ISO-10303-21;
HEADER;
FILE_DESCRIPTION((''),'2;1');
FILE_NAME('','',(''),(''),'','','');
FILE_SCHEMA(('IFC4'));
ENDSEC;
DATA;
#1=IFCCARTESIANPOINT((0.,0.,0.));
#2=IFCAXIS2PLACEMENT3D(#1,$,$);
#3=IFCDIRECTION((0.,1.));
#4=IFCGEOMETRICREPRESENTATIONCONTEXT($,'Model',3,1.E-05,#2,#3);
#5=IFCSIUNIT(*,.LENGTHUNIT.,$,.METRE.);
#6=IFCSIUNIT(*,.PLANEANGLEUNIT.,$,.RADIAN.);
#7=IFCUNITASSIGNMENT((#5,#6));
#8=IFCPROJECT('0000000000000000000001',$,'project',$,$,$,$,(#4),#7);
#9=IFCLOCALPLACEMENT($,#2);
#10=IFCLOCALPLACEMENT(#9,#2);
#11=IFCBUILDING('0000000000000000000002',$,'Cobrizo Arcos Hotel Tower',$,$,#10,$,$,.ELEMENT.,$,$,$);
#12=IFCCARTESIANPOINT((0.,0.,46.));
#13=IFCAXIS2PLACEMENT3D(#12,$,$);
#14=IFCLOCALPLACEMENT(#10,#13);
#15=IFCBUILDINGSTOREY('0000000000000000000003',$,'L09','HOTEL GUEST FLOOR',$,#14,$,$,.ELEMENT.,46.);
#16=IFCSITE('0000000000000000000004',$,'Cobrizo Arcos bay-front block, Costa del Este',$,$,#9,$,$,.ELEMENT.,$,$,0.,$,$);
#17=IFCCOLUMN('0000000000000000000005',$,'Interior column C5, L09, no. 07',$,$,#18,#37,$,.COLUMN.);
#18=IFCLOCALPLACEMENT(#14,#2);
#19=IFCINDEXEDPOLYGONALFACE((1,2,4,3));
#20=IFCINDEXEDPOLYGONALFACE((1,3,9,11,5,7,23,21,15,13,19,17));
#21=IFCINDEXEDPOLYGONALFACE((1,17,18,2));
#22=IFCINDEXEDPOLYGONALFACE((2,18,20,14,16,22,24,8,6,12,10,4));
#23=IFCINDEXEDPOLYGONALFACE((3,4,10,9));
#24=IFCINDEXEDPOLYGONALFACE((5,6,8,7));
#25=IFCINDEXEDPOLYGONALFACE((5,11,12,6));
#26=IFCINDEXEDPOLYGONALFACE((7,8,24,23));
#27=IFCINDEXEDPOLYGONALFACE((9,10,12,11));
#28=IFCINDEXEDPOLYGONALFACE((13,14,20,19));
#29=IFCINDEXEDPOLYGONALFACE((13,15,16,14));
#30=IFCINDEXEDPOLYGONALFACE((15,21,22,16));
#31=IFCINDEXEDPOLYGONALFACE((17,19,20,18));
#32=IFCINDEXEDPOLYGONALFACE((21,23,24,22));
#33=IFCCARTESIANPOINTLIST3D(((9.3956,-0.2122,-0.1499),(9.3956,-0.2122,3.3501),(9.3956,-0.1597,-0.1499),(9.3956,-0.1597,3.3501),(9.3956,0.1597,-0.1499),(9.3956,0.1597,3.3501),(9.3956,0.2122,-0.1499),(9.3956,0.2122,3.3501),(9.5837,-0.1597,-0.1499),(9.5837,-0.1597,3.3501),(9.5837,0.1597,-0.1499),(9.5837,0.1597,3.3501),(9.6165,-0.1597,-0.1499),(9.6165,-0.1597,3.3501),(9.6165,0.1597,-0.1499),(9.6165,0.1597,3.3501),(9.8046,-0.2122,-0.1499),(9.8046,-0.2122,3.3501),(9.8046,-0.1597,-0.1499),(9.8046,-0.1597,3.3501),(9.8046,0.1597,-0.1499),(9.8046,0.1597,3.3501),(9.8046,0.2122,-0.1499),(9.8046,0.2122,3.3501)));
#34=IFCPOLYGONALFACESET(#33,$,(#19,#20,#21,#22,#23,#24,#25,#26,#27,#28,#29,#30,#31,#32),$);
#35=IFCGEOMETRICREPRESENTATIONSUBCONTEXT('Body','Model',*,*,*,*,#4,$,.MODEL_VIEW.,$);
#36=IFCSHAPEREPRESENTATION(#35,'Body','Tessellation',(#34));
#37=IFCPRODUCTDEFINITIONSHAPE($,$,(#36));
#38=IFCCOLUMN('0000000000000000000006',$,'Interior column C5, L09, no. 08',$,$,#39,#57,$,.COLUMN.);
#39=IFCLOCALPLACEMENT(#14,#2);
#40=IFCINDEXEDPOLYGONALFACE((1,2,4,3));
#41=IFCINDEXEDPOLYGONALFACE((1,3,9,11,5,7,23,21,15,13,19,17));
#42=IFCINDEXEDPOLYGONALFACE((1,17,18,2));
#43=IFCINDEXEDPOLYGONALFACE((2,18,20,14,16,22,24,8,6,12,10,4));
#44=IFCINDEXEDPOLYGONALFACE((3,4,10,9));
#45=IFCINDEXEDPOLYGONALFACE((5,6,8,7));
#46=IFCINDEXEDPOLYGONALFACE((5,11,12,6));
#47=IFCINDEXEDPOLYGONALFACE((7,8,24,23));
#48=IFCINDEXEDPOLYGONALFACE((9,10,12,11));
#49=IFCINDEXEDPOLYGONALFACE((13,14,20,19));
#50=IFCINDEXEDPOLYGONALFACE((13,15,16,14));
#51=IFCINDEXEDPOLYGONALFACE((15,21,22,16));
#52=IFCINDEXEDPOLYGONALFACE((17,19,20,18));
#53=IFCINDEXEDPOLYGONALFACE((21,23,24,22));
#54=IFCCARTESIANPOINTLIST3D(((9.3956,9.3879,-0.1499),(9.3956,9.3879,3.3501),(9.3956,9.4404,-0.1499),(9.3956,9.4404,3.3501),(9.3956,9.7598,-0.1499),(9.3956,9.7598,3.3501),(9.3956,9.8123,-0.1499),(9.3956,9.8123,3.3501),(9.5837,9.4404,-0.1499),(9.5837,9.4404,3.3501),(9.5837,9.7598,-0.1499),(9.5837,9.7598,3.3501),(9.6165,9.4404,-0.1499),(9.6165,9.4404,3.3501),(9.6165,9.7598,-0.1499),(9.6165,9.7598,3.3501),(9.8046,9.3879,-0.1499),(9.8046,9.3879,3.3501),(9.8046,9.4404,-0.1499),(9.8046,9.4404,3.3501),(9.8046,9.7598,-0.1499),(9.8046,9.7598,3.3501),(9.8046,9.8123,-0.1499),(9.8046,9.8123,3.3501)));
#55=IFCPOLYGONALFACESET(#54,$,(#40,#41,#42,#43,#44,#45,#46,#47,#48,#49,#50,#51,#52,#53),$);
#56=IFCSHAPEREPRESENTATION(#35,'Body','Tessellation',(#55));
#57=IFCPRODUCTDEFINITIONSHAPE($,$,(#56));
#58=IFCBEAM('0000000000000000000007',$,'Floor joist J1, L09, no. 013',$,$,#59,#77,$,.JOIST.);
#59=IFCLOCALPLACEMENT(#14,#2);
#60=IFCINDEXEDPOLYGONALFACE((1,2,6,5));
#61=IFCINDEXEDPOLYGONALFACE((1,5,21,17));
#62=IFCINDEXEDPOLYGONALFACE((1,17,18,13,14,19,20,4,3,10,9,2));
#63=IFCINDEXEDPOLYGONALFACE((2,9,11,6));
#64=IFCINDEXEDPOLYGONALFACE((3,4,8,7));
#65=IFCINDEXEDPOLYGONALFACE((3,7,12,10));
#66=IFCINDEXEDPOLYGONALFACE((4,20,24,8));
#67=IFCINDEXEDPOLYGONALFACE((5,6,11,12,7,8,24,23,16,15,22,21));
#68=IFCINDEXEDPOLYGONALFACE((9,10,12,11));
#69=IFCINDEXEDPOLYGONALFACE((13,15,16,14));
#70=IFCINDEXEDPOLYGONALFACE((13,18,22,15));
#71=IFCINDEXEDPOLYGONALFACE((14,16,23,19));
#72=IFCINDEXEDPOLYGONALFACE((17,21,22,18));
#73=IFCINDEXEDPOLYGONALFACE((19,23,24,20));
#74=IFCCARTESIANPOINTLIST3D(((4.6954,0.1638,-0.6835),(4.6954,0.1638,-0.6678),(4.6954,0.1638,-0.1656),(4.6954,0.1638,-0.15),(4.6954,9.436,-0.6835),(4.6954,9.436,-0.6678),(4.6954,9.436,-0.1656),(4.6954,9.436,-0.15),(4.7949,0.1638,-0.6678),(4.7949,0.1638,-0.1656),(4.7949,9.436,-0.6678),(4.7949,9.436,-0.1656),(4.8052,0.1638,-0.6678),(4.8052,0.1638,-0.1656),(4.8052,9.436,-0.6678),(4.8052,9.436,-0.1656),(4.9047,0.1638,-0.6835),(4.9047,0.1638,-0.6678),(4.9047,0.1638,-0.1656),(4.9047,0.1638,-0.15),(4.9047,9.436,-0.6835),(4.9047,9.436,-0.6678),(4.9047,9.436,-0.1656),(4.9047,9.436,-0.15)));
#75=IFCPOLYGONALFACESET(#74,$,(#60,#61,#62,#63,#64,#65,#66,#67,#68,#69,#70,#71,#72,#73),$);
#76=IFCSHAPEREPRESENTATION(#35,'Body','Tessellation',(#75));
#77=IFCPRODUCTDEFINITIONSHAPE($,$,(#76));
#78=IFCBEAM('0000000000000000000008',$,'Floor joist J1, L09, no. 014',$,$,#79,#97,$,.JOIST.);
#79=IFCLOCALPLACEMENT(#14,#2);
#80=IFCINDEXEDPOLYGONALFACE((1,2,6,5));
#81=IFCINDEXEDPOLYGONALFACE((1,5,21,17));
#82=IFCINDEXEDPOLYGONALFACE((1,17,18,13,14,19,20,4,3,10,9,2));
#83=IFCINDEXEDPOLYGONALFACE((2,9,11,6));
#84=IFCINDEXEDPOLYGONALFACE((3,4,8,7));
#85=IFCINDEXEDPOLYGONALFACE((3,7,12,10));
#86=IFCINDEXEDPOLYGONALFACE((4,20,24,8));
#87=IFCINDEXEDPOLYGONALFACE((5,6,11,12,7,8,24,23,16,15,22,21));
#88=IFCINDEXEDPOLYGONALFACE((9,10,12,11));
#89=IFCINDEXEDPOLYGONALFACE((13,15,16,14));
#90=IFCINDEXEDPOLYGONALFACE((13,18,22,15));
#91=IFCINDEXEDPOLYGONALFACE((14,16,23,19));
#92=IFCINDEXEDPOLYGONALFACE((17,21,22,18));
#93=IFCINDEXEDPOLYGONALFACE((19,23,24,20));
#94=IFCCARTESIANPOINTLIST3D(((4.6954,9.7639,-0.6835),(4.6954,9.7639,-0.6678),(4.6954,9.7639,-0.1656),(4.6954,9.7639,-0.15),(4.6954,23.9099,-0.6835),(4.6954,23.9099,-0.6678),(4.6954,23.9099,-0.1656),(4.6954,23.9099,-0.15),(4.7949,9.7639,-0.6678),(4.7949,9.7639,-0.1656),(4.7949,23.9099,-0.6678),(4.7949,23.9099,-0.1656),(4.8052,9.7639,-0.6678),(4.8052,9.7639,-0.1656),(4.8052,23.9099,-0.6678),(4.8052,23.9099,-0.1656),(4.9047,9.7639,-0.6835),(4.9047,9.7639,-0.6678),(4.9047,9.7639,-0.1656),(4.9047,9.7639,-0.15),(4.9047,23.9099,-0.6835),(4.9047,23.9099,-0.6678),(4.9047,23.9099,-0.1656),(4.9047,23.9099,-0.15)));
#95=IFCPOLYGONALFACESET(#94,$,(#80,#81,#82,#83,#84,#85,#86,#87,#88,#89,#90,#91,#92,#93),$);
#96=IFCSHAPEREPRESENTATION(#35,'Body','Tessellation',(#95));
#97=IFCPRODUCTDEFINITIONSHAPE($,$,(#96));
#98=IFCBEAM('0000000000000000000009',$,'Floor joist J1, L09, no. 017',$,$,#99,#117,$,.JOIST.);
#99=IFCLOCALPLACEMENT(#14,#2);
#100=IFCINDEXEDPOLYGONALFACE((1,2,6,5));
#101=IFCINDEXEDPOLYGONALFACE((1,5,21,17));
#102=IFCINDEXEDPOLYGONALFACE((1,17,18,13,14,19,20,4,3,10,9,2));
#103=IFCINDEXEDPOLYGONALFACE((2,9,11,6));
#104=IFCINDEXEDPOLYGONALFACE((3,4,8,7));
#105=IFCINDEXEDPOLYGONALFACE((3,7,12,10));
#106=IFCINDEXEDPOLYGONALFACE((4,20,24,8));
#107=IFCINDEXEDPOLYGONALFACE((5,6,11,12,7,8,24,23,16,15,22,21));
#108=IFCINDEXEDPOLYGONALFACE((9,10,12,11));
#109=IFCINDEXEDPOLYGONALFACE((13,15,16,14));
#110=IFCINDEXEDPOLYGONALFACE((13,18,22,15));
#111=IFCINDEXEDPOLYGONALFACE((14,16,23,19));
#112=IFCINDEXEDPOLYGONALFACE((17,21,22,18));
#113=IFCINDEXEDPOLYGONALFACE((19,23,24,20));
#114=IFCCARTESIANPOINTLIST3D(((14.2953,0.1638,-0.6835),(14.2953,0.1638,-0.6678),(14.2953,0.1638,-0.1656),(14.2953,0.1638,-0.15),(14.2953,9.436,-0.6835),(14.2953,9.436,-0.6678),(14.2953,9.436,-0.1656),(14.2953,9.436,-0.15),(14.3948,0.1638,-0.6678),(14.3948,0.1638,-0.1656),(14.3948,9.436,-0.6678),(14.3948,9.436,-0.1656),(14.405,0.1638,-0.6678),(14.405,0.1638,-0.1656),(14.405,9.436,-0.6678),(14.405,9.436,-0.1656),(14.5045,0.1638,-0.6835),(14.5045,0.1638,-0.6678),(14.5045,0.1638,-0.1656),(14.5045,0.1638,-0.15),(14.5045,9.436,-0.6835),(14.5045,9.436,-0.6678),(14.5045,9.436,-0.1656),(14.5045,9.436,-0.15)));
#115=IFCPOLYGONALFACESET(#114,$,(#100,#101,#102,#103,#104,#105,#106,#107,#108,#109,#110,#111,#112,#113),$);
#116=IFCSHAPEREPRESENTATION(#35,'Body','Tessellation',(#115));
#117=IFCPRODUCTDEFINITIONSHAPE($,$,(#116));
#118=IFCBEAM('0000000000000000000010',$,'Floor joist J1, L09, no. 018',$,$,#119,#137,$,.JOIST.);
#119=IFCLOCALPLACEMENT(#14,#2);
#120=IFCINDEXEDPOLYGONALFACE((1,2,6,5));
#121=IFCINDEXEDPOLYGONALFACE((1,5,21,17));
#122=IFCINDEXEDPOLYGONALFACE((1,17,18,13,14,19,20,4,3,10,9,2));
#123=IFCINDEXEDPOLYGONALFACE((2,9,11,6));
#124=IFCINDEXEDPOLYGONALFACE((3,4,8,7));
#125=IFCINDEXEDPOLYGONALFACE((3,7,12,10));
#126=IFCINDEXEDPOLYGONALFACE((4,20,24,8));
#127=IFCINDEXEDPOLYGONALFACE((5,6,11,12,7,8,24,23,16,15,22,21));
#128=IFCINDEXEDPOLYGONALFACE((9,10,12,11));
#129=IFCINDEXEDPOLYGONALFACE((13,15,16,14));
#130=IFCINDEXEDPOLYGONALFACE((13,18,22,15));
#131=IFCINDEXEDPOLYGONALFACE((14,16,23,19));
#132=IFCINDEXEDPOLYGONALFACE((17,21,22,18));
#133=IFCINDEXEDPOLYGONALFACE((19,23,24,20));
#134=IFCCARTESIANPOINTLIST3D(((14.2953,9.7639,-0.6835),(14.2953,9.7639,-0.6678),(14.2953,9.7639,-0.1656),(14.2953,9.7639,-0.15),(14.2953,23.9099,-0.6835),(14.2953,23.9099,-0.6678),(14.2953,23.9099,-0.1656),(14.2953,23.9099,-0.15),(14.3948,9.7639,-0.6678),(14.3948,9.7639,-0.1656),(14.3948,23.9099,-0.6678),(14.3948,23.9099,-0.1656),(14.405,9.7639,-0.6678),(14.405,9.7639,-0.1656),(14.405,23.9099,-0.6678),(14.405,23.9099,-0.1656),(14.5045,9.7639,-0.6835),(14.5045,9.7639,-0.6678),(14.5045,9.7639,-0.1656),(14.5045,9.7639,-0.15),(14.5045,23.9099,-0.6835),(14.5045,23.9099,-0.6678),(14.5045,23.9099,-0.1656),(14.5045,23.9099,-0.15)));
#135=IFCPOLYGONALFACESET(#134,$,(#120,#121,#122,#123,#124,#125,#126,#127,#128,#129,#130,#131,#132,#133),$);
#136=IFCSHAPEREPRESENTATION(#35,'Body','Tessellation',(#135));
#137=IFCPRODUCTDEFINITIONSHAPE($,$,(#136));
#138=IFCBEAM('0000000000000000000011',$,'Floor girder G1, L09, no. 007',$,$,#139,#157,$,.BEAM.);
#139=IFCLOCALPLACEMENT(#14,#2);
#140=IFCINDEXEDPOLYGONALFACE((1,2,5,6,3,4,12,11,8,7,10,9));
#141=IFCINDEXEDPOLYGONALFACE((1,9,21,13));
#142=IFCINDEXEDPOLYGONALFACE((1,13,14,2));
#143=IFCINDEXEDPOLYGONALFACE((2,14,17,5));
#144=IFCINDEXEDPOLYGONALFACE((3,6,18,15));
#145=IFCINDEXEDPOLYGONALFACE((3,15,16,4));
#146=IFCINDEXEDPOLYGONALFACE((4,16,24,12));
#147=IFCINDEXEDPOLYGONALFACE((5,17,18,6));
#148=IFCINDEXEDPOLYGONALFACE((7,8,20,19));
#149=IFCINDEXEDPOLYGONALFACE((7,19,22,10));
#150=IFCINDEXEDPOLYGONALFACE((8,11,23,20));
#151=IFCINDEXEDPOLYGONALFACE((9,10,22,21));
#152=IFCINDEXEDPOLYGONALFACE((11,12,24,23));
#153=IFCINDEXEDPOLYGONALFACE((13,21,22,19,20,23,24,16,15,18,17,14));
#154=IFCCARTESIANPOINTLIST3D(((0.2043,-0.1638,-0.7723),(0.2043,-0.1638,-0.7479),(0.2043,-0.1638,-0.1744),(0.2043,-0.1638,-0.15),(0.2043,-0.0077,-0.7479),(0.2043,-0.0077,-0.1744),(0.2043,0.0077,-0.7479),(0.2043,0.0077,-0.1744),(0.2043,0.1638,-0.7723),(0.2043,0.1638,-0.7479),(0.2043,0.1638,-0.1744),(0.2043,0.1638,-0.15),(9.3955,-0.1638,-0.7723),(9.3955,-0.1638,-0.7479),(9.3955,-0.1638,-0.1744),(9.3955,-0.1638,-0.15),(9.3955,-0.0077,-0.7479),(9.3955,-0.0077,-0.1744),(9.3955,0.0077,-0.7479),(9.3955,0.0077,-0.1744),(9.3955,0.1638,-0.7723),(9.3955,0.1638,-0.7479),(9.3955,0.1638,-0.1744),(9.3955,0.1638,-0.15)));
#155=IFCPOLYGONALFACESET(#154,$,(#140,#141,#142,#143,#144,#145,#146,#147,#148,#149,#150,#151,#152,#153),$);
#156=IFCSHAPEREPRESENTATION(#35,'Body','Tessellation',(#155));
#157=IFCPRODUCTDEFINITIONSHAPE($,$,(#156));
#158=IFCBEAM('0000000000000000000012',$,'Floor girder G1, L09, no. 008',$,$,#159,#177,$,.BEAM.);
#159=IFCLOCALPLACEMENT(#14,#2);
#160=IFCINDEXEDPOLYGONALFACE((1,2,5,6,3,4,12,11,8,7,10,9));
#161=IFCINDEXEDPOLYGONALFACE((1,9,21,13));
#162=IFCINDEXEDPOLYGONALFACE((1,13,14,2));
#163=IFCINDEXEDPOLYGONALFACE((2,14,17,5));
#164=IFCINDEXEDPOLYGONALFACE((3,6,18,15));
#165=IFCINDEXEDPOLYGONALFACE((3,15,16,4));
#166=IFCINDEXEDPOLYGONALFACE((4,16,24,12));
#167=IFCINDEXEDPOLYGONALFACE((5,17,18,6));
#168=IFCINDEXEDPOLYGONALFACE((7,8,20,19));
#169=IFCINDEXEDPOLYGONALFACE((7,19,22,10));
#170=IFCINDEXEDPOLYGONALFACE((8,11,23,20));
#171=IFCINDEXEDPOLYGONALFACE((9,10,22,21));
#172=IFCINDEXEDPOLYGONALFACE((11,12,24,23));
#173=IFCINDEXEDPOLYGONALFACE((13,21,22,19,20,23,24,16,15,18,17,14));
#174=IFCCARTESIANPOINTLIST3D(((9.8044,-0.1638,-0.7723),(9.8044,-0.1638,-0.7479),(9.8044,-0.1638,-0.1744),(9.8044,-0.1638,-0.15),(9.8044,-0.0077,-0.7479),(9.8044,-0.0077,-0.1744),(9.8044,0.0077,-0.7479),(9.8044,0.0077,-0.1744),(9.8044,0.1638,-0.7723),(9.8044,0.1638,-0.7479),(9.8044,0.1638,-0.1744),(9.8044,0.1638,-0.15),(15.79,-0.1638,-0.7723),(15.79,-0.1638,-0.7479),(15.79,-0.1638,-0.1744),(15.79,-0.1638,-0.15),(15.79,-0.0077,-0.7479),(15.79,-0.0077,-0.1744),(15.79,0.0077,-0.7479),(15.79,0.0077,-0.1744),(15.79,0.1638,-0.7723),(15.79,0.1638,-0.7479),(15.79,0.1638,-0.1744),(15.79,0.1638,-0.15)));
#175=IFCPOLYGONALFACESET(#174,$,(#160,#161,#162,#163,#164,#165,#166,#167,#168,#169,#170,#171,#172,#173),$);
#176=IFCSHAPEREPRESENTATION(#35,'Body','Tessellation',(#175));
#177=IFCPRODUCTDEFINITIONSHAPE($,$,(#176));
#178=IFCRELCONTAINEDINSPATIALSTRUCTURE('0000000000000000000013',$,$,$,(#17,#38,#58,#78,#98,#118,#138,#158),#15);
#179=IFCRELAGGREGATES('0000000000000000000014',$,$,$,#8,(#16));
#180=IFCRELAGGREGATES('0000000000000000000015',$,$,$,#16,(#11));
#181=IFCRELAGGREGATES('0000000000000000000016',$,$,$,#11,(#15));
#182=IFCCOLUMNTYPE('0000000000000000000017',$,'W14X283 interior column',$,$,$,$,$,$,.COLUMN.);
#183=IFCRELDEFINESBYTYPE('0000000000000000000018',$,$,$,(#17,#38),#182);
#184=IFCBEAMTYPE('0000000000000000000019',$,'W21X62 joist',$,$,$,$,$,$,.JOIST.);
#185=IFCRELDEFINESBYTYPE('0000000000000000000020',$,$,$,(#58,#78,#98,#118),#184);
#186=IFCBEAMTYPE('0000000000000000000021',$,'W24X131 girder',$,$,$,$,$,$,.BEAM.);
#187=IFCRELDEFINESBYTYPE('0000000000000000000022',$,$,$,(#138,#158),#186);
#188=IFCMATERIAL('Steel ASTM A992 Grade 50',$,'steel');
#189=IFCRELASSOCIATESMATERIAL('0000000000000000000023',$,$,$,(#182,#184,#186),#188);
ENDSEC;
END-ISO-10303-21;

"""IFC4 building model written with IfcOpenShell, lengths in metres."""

from ifc_helpers import new_model, si_unit, direction, frame, origin, origin_2d, place, context, subcontext, project, spatial, i_section, extrude, material, material_profile, profile_set, type_object, element, save


model = new_model("IFC4")

# Units and contexts
model_context = context("Model", 3, precision=1e-05, world=origin(), true_north=direction((0.0, 1.0)))
body_context = subcontext(model_context, "Body", "Model", "MODEL_VIEW")
ifc_project = project(units=[si_unit("LENGTHUNIT", "METRE"), si_unit("PLANEANGLEUNIT", "RADIAN")], contexts=[model_context])

# Site, building, storey
site_placement = place(None, origin())
site = spatial("IfcSite", under=ifc_project, at=site_placement, Name="Cobrizo Arcos bay-front block, Costa del Este", CompositionType="ELEMENT", RefElevation=0.0)
building_placement = place(site_placement, origin())
building = spatial("IfcBuilding", under=site, at=building_placement, Name="Cobrizo Arcos Hotel Tower", CompositionType="ELEMENT")
storey_placement = place(building_placement, frame((0.0, 0.0, 46.0)))
storey = spatial("IfcBuildingStorey", under=building, at=storey_placement, Name="L09", Description="HOTEL GUEST FLOOR", CompositionType="ELEMENT", Elevation=46.0)

# Columns
ifc_material_1 = material(Name="Steel ASTM A992 Grade 50", Category="steel")
ifc_material_profile_1 = material_profile(ifc_material_1, i_section(OverallWidth=0.4089, OverallDepth=0.4243, WebThickness=0.0327, FlangeThickness=0.0525, at=origin_2d()), Name="W14X283")
ifc_profile_set_1 = profile_set([ifc_material_profile_1], Name="Steel ASTM A992 Grade 50")
column_type = type_object("IfcColumnType", Name="W14X283 interior column", PredefinedType="COLUMN", material=ifc_profile_set_1)
for number, where, z_axis, x_axis, name in (
    (1, (9.6001, 0.0, -0.1499), (0.0, 0.0, 1.0), (1.0, 0.0, 0.0), "Interior column C5, L09, no. 07"),
    (2, (9.6001, 9.6001, -0.1499), (0.0, 0.0, 1.0), (1.0, 0.0, 0.0), "Interior column C5, L09, no. 08"),
):
    element("IfcColumn", number, at=place(storey_placement, frame(where, z_axis=z_axis, x_axis=x_axis)), inside=storey, type_object=column_type, Name=name, PredefinedType="COLUMN", context=body_context, shape_type="SweptSolid", body=[
        extrude(i_section(OverallWidth=0.4089, OverallDepth=0.4243, WebThickness=0.0327, FlangeThickness=0.0525, at=origin_2d()), origin(), (0.0, 0.0, 1.0), 3.5),
    ])

# Beams
ifc_material_profile_2 = material_profile(ifc_material_1, i_section(OverallWidth=0.2092, OverallDepth=0.5334, WebThickness=0.0103, FlangeThickness=0.0156, at=origin_2d()), Name="W21X62")
ifc_profile_set_2 = profile_set([ifc_material_profile_2], Name="Steel ASTM A992 Grade 50")
beam_type_1 = type_object("IfcBeamType", Name="W21X62 joist", PredefinedType="JOIST", material=ifc_profile_set_2)
beam_1_placement = place(storey_placement, frame((4.8, 0.1638, -0.4167), z_axis=(0.0, 1.0, 0.0), x_axis=(-1.0, 0.0, 0.0)))
element("IfcBeam", 3, at=beam_1_placement, inside=storey, type_object=beam_type_1, Name="Floor joist J1, L09, no. 013", PredefinedType="JOIST", context=body_context, shape_type="SweptSolid", body=[
    extrude(i_section(OverallWidth=0.2092, OverallDepth=0.5334, WebThickness=0.0103, FlangeThickness=0.0156, at=origin_2d()), origin(), (0.0, 0.0, 1.0), 9.2722),
])
beam_2_placement = place(storey_placement, frame((4.8, 9.7639, -0.4167), z_axis=(0.0, 1.0, 0.0), x_axis=(-1.0, 0.0, 0.0)))
element("IfcBeam", 4, at=beam_2_placement, inside=storey, type_object=beam_type_1, Name="Floor joist J1, L09, no. 014", PredefinedType="JOIST", context=body_context, shape_type="SweptSolid", body=[
    extrude(i_section(OverallWidth=0.2092, OverallDepth=0.5334, WebThickness=0.0103, FlangeThickness=0.0156, at=origin_2d()), origin(), (0.0, 0.0, 1.0), 14.146),
])
beam_3_placement = place(storey_placement, frame((14.3999, 0.1638, -0.4167), z_axis=(0.0, 1.0, 0.0), x_axis=(-1.0, 0.0, 0.0)))
element("IfcBeam", 5, at=beam_3_placement, inside=storey, type_object=beam_type_1, Name="Floor joist J1, L09, no. 017", PredefinedType="JOIST", context=body_context, shape_type="SweptSolid", body=[
    extrude(i_section(OverallWidth=0.2092, OverallDepth=0.5334, WebThickness=0.0103, FlangeThickness=0.0156, at=origin_2d()), origin(), (0.0, 0.0, 1.0), 9.2722),
])
beam_4_placement = place(storey_placement, frame((14.3999, 9.7639, -0.4167), z_axis=(0.0, 1.0, 0.0), x_axis=(-1.0, 0.0, 0.0)))
element("IfcBeam", 6, at=beam_4_placement, inside=storey, type_object=beam_type_1, Name="Floor joist J1, L09, no. 018", PredefinedType="JOIST", context=body_context, shape_type="SweptSolid", body=[
    extrude(i_section(OverallWidth=0.2092, OverallDepth=0.5334, WebThickness=0.0103, FlangeThickness=0.0156, at=origin_2d()), origin(), (0.0, 0.0, 1.0), 14.146),
])
ifc_material_profile_3 = material_profile(ifc_material_1, i_section(OverallWidth=0.3276, OverallDepth=0.6223, WebThickness=0.0154, FlangeThickness=0.0244, at=origin_2d()), Name="W24X131")
ifc_profile_set_3 = profile_set([ifc_material_profile_3], Name="Steel ASTM A992 Grade 50")
beam_type_2 = type_object("IfcBeamType", Name="W24X131 girder", PredefinedType="BEAM", material=ifc_profile_set_3)
beam_5_placement = place(storey_placement, frame((0.2043, 0.0, -0.4612), z_axis=(1.0, 0.0, 0.0), x_axis=(0.0, 1.0, 0.0)))
element("IfcBeam", 7, at=beam_5_placement, inside=storey, type_object=beam_type_2, Name="Floor girder G1, L09, no. 007", PredefinedType="BEAM", context=body_context, shape_type="SweptSolid", body=[
    extrude(i_section(OverallWidth=0.3276, OverallDepth=0.6223, WebThickness=0.0154, FlangeThickness=0.0244, at=origin_2d()), origin(), (0.0, 0.0, 1.0), 9.1912),
])
beam_6_placement = place(storey_placement, frame((9.8044, 0.0, -0.4612), z_axis=(1.0, 0.0, 0.0), x_axis=(0.0, 1.0, 0.0)))
element("IfcBeam", 8, at=beam_6_placement, inside=storey, type_object=beam_type_2, Name="Floor girder G1, L09, no. 008", PredefinedType="BEAM", context=body_context, shape_type="SweptSolid", body=[
    extrude(i_section(OverallWidth=0.3276, OverallDepth=0.6223, WebThickness=0.0154, FlangeThickness=0.0244, at=origin_2d()), origin(), (0.0, 0.0, 1.0), 5.9856),
])

save(model, "model.ifc")
